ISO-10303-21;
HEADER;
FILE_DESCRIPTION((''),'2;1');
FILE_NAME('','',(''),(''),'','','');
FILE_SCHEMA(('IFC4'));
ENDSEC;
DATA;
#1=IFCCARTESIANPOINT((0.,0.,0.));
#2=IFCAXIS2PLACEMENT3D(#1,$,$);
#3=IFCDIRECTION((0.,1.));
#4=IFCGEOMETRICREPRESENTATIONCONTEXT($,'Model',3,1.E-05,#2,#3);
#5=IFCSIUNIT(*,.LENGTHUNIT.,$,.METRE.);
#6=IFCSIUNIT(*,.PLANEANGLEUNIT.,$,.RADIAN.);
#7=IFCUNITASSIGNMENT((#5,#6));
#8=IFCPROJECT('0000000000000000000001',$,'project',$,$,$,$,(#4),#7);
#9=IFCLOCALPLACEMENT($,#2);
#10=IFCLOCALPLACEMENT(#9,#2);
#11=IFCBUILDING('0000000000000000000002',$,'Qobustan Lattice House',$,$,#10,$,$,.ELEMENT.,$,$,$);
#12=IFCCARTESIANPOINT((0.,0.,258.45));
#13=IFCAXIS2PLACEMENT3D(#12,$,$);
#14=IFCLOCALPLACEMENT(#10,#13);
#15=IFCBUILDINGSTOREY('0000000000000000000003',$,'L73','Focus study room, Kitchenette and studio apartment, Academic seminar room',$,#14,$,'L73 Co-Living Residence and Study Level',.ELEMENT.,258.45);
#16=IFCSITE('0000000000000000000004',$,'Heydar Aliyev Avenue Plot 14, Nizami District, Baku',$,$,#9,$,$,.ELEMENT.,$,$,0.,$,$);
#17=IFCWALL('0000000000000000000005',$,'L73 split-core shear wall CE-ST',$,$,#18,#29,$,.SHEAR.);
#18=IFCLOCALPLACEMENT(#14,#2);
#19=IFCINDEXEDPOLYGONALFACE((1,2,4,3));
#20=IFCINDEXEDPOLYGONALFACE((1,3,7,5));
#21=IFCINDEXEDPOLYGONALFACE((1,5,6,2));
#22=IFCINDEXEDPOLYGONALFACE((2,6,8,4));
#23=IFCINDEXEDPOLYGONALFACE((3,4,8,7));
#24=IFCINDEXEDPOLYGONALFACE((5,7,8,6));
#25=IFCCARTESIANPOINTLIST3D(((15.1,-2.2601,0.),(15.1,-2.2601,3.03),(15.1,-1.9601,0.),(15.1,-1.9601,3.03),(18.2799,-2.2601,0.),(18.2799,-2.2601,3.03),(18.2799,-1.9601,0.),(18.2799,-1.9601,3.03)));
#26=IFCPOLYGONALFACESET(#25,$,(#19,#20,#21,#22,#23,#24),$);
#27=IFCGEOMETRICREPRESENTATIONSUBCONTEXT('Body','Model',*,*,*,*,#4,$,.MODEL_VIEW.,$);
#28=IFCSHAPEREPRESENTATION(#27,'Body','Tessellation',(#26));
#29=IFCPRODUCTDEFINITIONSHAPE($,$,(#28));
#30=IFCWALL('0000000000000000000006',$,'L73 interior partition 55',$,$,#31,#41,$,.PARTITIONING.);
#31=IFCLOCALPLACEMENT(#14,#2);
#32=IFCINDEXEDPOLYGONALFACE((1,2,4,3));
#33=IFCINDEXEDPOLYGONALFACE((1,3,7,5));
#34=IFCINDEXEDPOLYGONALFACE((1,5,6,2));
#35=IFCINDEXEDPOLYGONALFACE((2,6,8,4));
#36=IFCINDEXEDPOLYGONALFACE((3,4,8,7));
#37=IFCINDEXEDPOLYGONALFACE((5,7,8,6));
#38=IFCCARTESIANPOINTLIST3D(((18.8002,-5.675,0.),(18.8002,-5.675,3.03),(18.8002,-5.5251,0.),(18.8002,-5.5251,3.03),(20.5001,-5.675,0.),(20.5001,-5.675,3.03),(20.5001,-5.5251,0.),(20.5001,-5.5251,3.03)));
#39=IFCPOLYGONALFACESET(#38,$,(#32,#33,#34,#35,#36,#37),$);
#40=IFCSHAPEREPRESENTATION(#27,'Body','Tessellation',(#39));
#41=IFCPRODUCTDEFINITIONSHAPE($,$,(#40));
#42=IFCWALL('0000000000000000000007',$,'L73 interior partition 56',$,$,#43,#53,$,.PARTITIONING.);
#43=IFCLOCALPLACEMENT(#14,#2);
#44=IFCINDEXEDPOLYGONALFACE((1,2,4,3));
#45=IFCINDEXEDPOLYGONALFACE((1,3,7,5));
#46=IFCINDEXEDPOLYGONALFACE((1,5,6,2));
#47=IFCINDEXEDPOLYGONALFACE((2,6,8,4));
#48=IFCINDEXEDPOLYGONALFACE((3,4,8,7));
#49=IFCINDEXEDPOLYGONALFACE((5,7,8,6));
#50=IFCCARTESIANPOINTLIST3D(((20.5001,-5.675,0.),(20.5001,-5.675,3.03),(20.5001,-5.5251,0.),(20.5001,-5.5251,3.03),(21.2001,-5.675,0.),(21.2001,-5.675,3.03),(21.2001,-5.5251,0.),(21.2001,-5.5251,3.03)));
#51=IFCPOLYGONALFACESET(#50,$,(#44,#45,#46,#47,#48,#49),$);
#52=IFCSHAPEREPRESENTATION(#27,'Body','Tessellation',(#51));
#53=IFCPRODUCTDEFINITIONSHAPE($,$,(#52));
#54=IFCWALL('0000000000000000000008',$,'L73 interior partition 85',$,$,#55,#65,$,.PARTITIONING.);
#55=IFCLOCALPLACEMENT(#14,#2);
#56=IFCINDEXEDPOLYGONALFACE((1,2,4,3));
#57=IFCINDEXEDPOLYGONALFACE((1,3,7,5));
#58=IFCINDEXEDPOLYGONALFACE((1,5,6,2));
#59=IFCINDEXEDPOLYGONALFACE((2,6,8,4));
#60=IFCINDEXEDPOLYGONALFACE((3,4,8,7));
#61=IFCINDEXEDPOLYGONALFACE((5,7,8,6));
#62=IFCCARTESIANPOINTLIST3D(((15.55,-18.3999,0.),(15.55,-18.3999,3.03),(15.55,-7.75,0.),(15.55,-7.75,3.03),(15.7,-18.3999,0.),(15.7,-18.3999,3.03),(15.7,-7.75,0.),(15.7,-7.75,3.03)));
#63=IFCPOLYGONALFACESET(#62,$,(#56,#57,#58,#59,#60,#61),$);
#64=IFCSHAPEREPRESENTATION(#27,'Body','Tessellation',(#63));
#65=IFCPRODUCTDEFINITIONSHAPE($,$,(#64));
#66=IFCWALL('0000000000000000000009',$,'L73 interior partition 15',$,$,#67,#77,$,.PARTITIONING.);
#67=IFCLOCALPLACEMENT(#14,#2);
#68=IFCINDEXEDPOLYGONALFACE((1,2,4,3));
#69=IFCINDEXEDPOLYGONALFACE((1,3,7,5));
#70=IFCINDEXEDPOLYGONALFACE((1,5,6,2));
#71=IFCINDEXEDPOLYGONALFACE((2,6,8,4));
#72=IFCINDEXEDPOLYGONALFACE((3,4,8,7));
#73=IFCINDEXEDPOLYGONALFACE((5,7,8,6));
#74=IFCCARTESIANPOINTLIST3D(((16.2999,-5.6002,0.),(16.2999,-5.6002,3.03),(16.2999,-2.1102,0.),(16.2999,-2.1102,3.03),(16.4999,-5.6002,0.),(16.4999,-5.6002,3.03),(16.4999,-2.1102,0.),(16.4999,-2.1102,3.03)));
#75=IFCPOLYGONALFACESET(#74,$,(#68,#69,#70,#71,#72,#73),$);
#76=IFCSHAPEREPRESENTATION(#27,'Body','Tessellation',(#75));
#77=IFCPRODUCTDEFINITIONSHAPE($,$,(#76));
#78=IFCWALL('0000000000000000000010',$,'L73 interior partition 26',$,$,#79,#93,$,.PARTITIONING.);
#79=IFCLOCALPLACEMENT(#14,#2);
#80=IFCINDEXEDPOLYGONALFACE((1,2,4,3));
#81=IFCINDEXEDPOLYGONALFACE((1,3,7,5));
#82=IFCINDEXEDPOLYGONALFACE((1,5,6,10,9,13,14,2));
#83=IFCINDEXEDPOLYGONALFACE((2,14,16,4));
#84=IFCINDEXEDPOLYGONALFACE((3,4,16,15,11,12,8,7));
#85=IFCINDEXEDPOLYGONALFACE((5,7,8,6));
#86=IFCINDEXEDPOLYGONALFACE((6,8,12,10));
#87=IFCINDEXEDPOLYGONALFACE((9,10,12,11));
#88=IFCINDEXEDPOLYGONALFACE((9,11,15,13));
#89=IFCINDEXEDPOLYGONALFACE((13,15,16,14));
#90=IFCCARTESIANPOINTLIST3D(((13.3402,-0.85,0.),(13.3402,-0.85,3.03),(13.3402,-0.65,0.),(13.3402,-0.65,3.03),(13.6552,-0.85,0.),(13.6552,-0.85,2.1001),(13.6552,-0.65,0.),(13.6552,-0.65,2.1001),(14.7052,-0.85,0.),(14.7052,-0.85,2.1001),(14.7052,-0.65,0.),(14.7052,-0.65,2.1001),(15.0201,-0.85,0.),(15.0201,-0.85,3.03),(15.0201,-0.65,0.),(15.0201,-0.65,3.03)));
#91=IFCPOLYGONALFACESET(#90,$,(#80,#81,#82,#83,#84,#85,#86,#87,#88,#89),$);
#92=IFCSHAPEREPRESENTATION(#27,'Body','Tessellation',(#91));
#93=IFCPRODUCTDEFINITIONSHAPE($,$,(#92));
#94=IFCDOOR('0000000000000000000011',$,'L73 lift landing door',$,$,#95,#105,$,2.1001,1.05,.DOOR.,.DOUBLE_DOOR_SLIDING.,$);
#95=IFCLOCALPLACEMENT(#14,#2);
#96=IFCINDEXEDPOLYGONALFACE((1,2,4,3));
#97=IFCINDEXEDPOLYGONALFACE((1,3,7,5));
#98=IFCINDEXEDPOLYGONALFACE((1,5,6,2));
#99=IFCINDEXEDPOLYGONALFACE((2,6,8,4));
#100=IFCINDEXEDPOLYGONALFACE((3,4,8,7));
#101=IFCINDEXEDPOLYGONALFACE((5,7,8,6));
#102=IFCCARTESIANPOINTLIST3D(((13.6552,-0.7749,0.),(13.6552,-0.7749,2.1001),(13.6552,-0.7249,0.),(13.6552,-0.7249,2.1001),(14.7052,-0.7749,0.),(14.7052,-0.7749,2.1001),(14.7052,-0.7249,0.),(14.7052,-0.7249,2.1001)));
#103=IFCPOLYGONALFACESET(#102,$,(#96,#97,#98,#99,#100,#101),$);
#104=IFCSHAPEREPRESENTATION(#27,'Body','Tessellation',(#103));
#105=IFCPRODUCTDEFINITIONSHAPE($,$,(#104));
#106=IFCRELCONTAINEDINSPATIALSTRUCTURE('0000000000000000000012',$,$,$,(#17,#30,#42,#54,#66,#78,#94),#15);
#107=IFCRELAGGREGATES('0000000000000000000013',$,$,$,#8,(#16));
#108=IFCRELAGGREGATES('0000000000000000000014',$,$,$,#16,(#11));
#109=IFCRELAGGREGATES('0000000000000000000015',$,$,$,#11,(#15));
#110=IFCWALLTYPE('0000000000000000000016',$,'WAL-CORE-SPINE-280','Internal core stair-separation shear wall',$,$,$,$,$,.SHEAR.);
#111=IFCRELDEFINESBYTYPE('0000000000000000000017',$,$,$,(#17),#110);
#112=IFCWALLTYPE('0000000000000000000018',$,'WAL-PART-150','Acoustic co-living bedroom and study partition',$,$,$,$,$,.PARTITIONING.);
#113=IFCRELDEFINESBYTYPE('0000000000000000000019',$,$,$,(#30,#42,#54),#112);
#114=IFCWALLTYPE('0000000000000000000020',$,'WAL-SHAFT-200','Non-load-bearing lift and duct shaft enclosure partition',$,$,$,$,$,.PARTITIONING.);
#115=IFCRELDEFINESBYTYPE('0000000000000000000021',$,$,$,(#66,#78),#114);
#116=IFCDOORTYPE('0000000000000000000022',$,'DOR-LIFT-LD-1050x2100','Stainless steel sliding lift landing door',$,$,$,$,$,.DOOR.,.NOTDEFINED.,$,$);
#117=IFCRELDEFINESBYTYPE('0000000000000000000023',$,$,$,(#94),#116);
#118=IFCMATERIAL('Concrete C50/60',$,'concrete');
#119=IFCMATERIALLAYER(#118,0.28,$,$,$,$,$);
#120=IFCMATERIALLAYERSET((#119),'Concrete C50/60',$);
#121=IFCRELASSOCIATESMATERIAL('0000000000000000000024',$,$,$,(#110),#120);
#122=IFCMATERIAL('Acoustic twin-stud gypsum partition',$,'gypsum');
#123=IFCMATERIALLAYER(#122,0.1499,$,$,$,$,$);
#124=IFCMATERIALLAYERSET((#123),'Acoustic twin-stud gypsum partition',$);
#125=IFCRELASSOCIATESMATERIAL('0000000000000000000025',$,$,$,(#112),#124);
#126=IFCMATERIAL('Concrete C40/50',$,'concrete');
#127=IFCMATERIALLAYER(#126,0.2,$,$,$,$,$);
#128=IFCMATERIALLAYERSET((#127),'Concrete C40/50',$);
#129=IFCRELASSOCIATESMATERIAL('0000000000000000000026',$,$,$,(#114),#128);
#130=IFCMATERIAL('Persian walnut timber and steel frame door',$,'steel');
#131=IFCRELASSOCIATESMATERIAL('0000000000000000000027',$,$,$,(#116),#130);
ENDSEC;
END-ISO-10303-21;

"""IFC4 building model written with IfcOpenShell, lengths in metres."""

from ifc_helpers import new_model, si_unit, direction, frame, frame_2d, origin, place, context, subcontext, project, spatial, rectangle, extrude, material, layer, layer_set, type_object, element, fill, save


model = new_model("IFC4")

# Units and contexts
model_context = context("Model", 3, precision=1e-05, world=origin(), true_north=direction((0.0, 1.0)))
body_context = subcontext(model_context, "Body", "Model", "MODEL_VIEW")
ifc_project = project(units=[si_unit("LENGTHUNIT", "METRE"), si_unit("PLANEANGLEUNIT", "RADIAN")], contexts=[model_context])

# Site, building, storey
site_placement = place(None, origin())
site = spatial("IfcSite", under=ifc_project, at=site_placement, Name="Heydar Aliyev Avenue Plot 14, Nizami District, Baku", CompositionType="ELEMENT", RefElevation=0.0)
building_placement = place(site_placement, origin())
building = spatial("IfcBuilding", under=site, at=building_placement, Name="Qobustan Lattice House", CompositionType="ELEMENT")
storey_placement = place(building_placement, frame((0.0, 0.0, 258.45)))
storey = spatial("IfcBuildingStorey", under=building, at=storey_placement, Name="L73", Description="Focus study room, Kitchenette and studio apartment, Academic seminar room", LongName="L73 Co-Living Residence and Study Level", CompositionType="ELEMENT", Elevation=258.45)

# Walls
ifc_material_1 = material(Name="Concrete C50/60", Category="concrete")
ifc_layer_1 = layer(ifc_material_1, 0.28)
ifc_layer_set_1 = layer_set([ifc_layer_1], Name="Concrete C50/60")
wall_type_1 = type_object("IfcWallType", Name="WAL-CORE-SPINE-280", Description="Internal core stair-separation shear wall", PredefinedType="SHEAR", material=ifc_layer_set_1)
wall_1_placement = place(storey_placement, frame((15.1001, -2.1101, 0.0), z_axis=(0.0, 0.0, 1.0), x_axis=(1.0, 0.0, 0.0)))
element("IfcWall", 1, at=wall_1_placement, inside=storey, type_object=wall_type_1, Name="L73 split-core shear wall CE-ST", PredefinedType="SHEAR", context=body_context, shape_type="SweptSolid", body=[
    extrude(rectangle(XDim=3.1799, YDim=0.3, at=frame_2d((1.5898, 0.0))), origin(), (0.0, 0.0, 1.0), 3.03),
])
ifc_material_2 = material(Name="Acoustic twin-stud gypsum partition", Category="gypsum")
ifc_layer_2 = layer(ifc_material_2, 0.1499)
ifc_layer_set_2 = layer_set([ifc_layer_2], Name="Acoustic twin-stud gypsum partition")
wall_type_2 = type_object("IfcWallType", Name="WAL-PART-150", Description="Acoustic co-living bedroom and study partition", PredefinedType="PARTITIONING", material=ifc_layer_set_2)
wall_2_placement = place(storey_placement, frame((18.8, -5.6001, 0.0), z_axis=(0.0, 0.0, 1.0), x_axis=(1.0, 0.0, 0.0)))
element("IfcWall", 2, at=wall_2_placement, inside=storey, type_object=wall_type_2, Name="L73 interior partition 55", PredefinedType="PARTITIONING", context=body_context, shape_type="SweptSolid", body=[
    extrude(rectangle(XDim=1.7, YDim=0.1499, at=frame_2d((0.8501, 0.0))), origin(), (0.0, 0.0, 1.0), 3.03),
])
wall_3_placement = place(storey_placement, frame((20.5, -5.6001, 0.0), z_axis=(0.0, 0.0, 1.0), x_axis=(1.0, 0.0, 0.0)))
element("IfcWall", 3, at=wall_3_placement, inside=storey, type_object=wall_type_2, Name="L73 interior partition 56", PredefinedType="PARTITIONING", context=body_context, shape_type="SweptSolid", body=[
    extrude(rectangle(XDim=0.7, YDim=0.1499, at=frame_2d((0.3501, 0.0))), origin(), (0.0, 0.0, 1.0), 3.03),
])

# Walls
wall_4_placement = place(storey_placement, frame((15.625, -7.75, 0.0), z_axis=(0.0, 0.0, 1.0), x_axis=(0.0, -1.0, 0.0)))
element("IfcWall", 4, at=wall_4_placement, inside=storey, type_object=wall_type_2, Name="L73 interior partition 85", PredefinedType="PARTITIONING", context=body_context, shape_type="SweptSolid", body=[
    extrude(rectangle(XDim=10.6499, YDim=0.1499, at=frame_2d((5.325, 0.0))), origin(), (0.0, 0.0, 1.0), 3.03),
])
ifc_material_3 = material(Name="Concrete C40/50", Category="concrete")
ifc_layer_3 = layer(ifc_material_3, 0.2)
ifc_layer_set_3 = layer_set([ifc_layer_3], Name="Concrete C40/50")
wall_type_3 = type_object("IfcWallType", Name="WAL-SHAFT-200", Description="Non-load-bearing lift and duct shaft enclosure partition", PredefinedType="PARTITIONING", material=ifc_layer_set_3)
wall_5_placement = place(storey_placement, frame((16.3999, -2.1101, 0.0), z_axis=(0.0, 0.0, 1.0), x_axis=(0.0, -1.0, 0.0)))
element("IfcWall", 5, at=wall_5_placement, inside=storey, type_object=wall_type_3, Name="L73 interior partition 15", PredefinedType="PARTITIONING", context=body_context, shape_type="SweptSolid", body=[
    extrude(rectangle(XDim=3.49, YDim=0.2, at=frame_2d((1.7451, 0.0))), origin(), (0.0, 0.0, 1.0), 3.03),
])

# Wall, opening, door
wall_6_placement = place(storey_placement, frame((15.02, -0.75, 0.0), z_axis=(0.0, 0.0, 1.0), x_axis=(-1.0, 0.0, 0.0)))
wall_6 = element("IfcWall", 6, at=wall_6_placement, inside=storey, type_object=wall_type_3, Name="L73 interior partition 26", PredefinedType="PARTITIONING", context=body_context, shape_type="SweptSolid", body=[
    extrude(rectangle(XDim=1.6799, YDim=0.2, at=frame_2d((0.8398, 0.0))), origin(), (0.0, 0.0, 1.0), 3.03),
])
opening_1_placement = place(wall_6_placement, frame((0.3149, 0.0, 0.0)))
opening_1 = element("IfcOpeningElement", 7, at=opening_1_placement, cuts=wall_6, PredefinedType="OPENING", context=body_context, shape_type="SweptSolid", body=[
    extrude(rectangle(XDim=1.05, YDim=2.1001, at=frame_2d((0.5249, 1.05))), frame((0.0, 0.1099, 0.0), z_axis=(0.0, -1.0, 0.0), x_axis=(1.0, 0.0, 0.0)), (0.0, 0.0, 1.0), 0.22),
])
ifc_material_4 = material(Name="Persian walnut timber and steel frame door", Category="steel")
door_type_1 = type_object("IfcDoorType", Name="DOR-LIFT-LD-1050x2100", Description="Stainless steel sliding lift landing door", OperationType="NOTDEFINED", PredefinedType="DOOR", material=ifc_material_4)
door_1_placement = place(opening_1_placement, origin())
door_1 = element("IfcDoor", 8, at=door_1_placement, inside=storey, type_object=door_type_1, Name="L73 lift landing door", OperationType="DOUBLE_DOOR_SLIDING", OverallHeight=2.1001, OverallWidth=1.05, PredefinedType="DOOR", context=body_context, shape_type="SweptSolid", body=[
    extrude(rectangle(XDim=1.05, YDim=2.1001, at=frame_2d((0.5249, 1.05))), frame((0.0, 0.0249, 0.0), z_axis=(0.0, -1.0, 0.0), x_axis=(1.0, 0.0, 0.0)), (0.0, 0.0, 1.0), 0.05),
])
fill(opening_1, door_1)

save(model, "model.ifc")
